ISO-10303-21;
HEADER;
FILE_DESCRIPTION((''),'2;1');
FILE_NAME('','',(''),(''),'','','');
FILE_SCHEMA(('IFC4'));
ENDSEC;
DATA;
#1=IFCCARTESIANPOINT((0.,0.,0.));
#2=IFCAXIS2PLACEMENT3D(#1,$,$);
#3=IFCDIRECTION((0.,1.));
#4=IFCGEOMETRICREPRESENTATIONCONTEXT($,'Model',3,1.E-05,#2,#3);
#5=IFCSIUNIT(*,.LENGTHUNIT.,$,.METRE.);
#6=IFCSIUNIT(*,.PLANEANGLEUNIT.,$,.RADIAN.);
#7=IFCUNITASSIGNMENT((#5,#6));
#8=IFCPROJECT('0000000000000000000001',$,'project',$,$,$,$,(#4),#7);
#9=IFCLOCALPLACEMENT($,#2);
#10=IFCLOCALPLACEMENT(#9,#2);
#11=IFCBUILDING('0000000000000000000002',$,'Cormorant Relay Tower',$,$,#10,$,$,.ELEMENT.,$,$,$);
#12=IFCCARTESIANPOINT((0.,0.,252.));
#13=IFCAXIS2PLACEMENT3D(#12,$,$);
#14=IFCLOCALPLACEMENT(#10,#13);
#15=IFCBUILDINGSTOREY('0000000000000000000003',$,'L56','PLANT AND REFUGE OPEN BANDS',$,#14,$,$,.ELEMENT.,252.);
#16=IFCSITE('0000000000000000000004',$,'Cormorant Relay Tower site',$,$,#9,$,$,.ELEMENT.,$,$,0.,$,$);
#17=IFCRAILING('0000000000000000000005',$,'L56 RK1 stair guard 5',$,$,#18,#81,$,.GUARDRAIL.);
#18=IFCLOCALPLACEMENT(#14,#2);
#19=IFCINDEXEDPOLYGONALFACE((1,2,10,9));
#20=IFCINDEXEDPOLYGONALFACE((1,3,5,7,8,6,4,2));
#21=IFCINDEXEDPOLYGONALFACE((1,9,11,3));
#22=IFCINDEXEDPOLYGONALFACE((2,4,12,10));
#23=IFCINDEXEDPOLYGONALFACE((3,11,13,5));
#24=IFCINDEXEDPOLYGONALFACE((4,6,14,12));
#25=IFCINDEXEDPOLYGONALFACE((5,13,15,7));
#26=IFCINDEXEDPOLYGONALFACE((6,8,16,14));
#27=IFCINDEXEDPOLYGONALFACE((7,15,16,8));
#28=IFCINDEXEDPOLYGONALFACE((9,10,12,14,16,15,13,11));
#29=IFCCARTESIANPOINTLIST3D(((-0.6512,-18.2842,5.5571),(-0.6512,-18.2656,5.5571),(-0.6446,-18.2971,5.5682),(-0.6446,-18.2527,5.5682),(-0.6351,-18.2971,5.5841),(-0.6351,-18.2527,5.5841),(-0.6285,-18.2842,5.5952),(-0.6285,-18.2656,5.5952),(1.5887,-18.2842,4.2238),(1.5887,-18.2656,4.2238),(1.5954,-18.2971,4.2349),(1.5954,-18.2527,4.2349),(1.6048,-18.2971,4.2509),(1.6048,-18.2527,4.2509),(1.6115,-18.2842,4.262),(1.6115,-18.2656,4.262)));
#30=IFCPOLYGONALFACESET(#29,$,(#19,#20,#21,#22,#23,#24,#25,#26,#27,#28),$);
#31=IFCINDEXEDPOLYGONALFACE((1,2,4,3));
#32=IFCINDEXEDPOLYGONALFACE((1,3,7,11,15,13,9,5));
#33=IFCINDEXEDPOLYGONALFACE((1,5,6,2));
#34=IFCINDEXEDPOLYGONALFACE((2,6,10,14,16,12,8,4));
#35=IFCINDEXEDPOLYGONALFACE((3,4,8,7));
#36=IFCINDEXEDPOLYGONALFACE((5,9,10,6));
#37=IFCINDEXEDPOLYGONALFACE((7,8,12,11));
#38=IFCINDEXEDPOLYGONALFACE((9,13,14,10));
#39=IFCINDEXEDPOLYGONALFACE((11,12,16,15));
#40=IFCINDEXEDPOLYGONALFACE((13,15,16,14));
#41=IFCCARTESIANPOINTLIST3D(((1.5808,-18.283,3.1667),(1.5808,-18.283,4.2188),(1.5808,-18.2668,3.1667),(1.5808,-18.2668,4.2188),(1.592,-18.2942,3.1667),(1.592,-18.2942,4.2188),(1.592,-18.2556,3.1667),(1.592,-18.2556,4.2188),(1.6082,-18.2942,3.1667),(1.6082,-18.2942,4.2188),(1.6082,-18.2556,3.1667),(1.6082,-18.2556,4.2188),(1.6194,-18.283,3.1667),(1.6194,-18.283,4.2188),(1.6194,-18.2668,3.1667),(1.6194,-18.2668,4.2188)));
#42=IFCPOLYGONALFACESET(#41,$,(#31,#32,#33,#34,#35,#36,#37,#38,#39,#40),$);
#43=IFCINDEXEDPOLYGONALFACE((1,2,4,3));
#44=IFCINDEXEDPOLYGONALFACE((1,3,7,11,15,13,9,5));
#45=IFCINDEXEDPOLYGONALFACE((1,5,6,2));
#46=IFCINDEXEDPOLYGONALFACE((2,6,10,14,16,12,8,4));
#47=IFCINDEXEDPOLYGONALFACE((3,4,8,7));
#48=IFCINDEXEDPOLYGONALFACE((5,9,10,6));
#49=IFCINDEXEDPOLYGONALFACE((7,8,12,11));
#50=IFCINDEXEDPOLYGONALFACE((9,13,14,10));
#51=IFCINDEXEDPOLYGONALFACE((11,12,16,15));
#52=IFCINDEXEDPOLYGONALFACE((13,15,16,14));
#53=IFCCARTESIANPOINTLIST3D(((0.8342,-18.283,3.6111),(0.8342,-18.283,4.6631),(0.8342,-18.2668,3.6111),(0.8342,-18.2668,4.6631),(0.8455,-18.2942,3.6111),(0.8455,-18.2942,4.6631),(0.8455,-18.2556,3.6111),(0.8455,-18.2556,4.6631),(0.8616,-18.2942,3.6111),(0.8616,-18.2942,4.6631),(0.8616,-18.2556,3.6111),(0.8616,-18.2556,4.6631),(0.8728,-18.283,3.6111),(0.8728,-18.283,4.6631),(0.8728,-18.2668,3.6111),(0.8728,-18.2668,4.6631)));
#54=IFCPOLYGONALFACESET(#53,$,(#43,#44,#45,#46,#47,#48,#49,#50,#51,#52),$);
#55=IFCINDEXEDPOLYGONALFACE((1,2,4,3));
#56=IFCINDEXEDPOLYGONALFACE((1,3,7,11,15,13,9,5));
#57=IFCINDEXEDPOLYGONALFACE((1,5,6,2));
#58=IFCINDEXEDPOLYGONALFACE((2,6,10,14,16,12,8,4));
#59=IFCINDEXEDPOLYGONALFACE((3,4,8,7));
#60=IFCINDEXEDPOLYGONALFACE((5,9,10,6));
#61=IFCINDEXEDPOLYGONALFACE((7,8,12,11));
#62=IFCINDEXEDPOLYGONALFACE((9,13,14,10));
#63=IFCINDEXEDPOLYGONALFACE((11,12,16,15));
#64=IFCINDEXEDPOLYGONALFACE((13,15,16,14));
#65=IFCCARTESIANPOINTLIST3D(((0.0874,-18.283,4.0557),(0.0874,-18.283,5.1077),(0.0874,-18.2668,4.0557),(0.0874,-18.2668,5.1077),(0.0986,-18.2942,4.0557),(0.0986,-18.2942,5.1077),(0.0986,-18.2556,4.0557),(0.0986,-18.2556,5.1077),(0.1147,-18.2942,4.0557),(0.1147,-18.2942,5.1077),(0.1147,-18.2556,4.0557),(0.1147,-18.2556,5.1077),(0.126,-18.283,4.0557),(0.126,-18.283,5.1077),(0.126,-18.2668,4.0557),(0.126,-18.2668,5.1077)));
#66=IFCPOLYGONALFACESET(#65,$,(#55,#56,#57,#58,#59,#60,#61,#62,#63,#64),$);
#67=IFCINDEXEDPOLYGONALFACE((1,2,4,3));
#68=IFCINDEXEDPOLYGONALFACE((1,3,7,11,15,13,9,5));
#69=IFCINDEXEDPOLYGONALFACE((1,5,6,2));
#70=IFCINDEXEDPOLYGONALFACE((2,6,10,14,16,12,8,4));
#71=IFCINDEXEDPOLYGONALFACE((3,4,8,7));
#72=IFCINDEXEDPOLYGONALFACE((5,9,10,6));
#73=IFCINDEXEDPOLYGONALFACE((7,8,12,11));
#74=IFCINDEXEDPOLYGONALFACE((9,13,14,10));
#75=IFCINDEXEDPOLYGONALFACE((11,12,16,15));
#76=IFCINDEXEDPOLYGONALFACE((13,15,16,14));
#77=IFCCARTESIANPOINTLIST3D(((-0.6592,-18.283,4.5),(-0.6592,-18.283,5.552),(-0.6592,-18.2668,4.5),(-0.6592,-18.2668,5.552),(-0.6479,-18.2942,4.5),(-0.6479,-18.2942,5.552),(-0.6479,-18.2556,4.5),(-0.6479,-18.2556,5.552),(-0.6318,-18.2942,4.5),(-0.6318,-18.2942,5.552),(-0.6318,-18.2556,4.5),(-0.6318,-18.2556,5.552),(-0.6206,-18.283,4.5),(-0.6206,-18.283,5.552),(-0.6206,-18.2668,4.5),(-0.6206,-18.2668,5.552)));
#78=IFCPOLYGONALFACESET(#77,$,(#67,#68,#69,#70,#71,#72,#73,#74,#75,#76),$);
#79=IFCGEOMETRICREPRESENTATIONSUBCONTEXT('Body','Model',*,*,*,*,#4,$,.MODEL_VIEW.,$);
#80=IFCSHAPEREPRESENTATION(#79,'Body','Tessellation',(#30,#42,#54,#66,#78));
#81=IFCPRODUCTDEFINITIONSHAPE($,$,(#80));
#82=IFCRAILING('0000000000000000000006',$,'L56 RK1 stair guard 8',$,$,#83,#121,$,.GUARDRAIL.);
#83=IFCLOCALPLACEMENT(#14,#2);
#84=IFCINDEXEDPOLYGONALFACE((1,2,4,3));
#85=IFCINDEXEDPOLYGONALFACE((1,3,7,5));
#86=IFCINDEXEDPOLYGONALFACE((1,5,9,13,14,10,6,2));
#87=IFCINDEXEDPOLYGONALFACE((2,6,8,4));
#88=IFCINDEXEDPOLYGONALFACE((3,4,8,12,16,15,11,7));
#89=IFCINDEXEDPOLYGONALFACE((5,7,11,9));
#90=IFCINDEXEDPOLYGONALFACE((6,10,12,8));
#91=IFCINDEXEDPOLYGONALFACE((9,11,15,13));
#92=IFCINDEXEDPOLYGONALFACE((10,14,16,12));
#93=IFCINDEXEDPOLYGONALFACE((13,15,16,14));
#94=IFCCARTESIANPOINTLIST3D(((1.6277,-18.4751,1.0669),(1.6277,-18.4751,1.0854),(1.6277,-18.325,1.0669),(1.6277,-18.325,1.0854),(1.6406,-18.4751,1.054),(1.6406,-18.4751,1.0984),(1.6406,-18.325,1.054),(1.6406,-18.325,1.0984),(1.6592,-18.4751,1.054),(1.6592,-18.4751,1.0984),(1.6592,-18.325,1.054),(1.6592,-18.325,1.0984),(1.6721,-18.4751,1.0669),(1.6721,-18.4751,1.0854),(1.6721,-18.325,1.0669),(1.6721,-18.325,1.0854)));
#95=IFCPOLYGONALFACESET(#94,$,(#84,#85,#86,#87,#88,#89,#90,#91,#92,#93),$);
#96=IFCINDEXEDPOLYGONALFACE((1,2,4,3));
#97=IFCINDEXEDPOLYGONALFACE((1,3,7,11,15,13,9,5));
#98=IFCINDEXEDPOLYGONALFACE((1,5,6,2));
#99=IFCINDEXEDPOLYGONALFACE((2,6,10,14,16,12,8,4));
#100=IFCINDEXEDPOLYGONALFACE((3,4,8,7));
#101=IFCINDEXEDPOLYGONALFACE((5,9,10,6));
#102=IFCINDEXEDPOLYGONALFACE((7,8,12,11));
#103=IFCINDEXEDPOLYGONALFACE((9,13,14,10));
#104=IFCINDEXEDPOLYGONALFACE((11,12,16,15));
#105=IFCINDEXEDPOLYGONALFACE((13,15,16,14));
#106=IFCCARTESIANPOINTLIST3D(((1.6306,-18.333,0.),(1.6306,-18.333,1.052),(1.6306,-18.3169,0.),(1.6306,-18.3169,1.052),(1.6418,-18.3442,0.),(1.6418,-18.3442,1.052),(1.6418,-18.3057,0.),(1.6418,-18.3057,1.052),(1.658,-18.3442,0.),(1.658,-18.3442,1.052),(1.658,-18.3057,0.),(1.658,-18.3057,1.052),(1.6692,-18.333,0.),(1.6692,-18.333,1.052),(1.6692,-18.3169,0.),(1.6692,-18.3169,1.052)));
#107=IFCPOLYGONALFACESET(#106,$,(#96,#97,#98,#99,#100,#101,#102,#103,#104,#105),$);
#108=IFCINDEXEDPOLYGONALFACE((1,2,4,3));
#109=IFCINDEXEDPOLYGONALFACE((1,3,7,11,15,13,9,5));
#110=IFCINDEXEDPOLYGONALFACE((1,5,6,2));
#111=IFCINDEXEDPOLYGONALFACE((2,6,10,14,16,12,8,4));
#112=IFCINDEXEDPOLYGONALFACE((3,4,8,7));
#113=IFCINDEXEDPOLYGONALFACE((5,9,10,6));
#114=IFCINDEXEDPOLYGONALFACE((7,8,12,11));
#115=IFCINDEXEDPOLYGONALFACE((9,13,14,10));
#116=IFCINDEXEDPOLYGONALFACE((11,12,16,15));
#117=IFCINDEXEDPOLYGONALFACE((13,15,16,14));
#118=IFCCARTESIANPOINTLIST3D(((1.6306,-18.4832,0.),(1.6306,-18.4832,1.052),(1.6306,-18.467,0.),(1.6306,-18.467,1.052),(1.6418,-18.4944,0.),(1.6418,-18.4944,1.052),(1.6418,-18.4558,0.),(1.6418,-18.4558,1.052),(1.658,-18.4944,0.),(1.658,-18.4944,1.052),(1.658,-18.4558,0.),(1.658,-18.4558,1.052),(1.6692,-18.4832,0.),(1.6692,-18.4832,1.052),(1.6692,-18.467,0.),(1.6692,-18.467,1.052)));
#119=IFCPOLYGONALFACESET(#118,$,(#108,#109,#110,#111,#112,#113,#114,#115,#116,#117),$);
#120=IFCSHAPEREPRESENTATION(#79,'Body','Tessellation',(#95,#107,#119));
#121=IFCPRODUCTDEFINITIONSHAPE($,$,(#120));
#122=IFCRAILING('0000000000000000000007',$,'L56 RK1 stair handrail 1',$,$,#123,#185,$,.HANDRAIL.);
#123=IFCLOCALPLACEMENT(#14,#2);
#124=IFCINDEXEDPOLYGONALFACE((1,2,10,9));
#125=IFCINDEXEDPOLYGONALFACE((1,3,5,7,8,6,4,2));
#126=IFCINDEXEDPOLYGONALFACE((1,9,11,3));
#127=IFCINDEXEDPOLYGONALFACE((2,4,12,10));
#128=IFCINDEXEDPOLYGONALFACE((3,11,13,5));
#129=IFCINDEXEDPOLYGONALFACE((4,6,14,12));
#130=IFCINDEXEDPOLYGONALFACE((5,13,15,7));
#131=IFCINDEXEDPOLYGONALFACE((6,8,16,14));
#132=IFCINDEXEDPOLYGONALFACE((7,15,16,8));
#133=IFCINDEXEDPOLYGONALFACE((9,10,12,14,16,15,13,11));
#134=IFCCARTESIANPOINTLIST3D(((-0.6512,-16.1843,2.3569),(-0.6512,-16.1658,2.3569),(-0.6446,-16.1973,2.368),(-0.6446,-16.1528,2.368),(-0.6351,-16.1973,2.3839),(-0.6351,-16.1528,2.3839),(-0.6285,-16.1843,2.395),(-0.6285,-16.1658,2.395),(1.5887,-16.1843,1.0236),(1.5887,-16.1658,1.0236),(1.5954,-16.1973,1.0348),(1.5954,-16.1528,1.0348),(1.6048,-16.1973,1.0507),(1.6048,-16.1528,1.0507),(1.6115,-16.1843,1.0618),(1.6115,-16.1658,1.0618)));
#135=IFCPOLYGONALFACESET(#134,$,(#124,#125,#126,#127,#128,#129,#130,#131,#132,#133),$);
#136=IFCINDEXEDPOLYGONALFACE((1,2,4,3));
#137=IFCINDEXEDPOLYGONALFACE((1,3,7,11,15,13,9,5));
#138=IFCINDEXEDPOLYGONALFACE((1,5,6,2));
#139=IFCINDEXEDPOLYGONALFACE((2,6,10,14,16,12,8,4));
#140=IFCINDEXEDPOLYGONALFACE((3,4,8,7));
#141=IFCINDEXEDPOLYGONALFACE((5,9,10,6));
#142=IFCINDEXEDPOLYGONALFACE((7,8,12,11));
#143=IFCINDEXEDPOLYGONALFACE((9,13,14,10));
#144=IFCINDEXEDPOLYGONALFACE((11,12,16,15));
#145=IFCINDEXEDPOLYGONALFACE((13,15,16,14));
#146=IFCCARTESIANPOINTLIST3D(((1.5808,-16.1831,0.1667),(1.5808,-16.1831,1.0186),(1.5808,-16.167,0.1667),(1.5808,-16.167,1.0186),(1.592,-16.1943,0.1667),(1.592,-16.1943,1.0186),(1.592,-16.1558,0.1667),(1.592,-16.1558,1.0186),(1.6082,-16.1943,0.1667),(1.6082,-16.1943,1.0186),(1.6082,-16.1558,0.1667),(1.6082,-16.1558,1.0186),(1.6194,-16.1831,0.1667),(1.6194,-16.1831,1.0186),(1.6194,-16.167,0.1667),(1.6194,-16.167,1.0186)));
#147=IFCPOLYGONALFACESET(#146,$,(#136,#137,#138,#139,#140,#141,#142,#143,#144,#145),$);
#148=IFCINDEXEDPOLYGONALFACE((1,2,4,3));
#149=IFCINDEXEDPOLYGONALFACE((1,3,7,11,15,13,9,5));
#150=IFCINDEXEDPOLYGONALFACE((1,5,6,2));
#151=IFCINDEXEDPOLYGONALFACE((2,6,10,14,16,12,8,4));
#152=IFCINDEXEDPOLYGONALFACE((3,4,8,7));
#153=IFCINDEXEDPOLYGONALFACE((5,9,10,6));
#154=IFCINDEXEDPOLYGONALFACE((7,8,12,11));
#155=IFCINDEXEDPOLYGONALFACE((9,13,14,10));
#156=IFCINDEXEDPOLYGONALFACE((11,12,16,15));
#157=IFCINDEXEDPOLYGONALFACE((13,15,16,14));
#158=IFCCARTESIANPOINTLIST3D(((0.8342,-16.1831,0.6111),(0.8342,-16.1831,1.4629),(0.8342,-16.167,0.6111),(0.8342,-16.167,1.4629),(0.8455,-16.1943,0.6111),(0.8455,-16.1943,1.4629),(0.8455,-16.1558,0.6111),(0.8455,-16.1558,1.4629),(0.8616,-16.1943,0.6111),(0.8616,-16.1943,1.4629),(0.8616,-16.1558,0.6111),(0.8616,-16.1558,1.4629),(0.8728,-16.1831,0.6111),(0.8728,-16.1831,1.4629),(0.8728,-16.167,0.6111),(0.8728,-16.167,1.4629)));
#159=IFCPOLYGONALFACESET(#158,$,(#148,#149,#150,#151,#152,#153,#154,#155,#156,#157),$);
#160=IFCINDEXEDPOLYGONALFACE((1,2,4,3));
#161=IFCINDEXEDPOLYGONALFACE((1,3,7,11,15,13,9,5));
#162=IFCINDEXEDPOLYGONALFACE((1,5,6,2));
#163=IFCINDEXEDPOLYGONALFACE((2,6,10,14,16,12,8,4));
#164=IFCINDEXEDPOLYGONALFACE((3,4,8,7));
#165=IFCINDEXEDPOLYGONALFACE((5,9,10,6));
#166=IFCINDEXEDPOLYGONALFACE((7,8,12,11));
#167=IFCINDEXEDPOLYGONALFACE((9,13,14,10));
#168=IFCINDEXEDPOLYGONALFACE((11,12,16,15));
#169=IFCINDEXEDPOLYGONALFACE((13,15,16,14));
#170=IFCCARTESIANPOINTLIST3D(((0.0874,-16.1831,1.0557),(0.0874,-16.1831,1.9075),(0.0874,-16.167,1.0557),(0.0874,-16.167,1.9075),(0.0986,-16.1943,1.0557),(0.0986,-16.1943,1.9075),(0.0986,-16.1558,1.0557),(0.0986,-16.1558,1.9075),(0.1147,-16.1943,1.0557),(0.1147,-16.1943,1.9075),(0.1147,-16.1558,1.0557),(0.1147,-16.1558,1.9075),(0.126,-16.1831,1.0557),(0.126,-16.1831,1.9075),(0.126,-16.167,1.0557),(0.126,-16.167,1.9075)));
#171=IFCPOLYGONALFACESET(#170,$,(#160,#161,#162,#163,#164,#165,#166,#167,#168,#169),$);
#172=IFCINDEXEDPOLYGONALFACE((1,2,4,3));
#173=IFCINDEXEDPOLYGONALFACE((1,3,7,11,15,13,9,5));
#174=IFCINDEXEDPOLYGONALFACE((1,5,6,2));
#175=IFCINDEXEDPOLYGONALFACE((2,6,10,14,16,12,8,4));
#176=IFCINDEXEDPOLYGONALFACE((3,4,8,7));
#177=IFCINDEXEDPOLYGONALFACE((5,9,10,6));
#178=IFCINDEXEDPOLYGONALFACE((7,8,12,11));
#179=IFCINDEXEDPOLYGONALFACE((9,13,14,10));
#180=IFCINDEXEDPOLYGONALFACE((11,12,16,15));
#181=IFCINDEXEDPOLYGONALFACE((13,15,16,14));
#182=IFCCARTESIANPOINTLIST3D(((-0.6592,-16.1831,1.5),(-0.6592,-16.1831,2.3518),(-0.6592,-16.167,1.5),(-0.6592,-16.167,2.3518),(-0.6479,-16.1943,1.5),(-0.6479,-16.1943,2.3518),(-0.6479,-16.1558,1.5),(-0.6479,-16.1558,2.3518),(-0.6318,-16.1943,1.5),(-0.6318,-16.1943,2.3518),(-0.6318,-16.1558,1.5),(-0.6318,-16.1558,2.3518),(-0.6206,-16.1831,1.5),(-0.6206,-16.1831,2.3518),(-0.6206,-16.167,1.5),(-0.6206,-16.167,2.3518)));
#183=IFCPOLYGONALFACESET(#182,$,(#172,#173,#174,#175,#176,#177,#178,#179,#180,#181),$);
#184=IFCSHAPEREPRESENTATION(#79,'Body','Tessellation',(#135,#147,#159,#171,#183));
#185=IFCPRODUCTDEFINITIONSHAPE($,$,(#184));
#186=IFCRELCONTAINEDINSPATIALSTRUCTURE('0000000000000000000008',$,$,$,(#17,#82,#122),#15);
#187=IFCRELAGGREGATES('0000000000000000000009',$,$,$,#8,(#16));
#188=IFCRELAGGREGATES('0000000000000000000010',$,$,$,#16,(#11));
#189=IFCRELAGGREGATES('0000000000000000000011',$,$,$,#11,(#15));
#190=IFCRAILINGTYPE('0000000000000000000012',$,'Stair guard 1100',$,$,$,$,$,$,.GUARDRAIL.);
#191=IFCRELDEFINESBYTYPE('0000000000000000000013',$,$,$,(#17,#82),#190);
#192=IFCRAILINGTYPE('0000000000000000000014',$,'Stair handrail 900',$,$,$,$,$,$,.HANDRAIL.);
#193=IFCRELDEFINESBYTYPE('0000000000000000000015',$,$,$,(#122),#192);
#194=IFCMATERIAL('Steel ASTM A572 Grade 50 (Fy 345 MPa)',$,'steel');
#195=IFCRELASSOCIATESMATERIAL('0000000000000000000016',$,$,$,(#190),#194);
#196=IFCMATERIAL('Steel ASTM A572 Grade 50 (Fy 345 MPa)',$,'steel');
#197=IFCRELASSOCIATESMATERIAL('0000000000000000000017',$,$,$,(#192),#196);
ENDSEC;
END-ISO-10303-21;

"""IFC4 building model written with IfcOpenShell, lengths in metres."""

from ifc_helpers import new_model, si_unit, direction, frame, origin, place, context, subcontext, project, spatial, polyline, outline, extrude, material, type_object, element, save


model = new_model("IFC4")

# Units and contexts
model_context = context("Model", 3, precision=1e-05, world=origin(), true_north=direction((0.0, 1.0)))
body_context = subcontext(model_context, "Body", "Model", "MODEL_VIEW")
ifc_project = project(units=[si_unit("LENGTHUNIT", "METRE"), si_unit("PLANEANGLEUNIT", "RADIAN")], contexts=[model_context])

# Site, building, storey
site_placement = place(None, origin())
site = spatial("IfcSite", under=ifc_project, at=site_placement, Name="Cormorant Relay Tower site", CompositionType="ELEMENT", RefElevation=0.0)
building_placement = place(site_placement, origin())
building = spatial("IfcBuilding", under=site, at=building_placement, Name="Cormorant Relay Tower", CompositionType="ELEMENT")
storey_placement = place(building_placement, frame((0.0, 0.0, 252.0)))
storey = spatial("IfcBuildingStorey", under=building, at=storey_placement, Name="L56", Description="PLANT AND REFUGE OPEN BANDS", CompositionType="ELEMENT", Elevation=252.0)

# Railings
ifc_material_1 = material(Name="Steel ASTM A572 Grade 50 (Fy 345 MPa)", Category="steel")
railing_type_1 = type_object("IfcRailingType", Name="Stair guard 1100", PredefinedType="GUARDRAIL", material=ifc_material_1)
railing_1_placement = place(storey_placement, frame((1.6001, -18.2749, 3.1667)))
element("IfcRailing", 1, at=railing_1_placement, inside=storey, type_object=railing_type_1, Name="L56 RK1 stair guard 5", PredefinedType="GUARDRAIL", context=body_context, shape_type="SweptSolid", body=[
    extrude(outline(polyline([(0.0222, 0.0093), (0.0093, 0.0222), (-0.0093, 0.0222), (-0.0222, 0.0093), (-0.0222, -0.0093), (-0.0093, -0.0222), (0.0093, -0.0222), (0.0222, -0.0093), (0.0222, 0.0093)])), frame((0.0, 0.0, 1.0762), z_axis=(-0.859306, 0.0, 0.511462), x_axis=(0.0, -1.0, 0.0)), (0.0, 0.0, 1.0), 2.6067),
    extrude(outline(polyline([(0.0193, 0.0081), (0.0081, 0.0193), (-0.0081, 0.0193), (-0.0193, 0.0081), (-0.0193, -0.0081), (-0.0081, -0.0193), (0.0081, -0.0193), (0.0193, -0.0081), (0.0193, 0.0081)])), origin(), (0.0, 0.0, 1.0), 1.052),
    extrude(outline(polyline([(0.0193, 0.0081), (0.0081, 0.0193), (-0.0081, 0.0193), (-0.0193, 0.0081), (-0.0193, -0.0081), (-0.0081, -0.0193), (0.0081, -0.0193), (0.0193, -0.0081), (0.0193, 0.0081)])), frame((-0.7466, 0.0, 0.4443)), (0.0, 0.0, 1.0), 1.052),
    extrude(outline(polyline([(0.0193, 0.0081), (0.0081, 0.0193), (-0.0081, 0.0193), (-0.0193, 0.0081), (-0.0193, -0.0081), (-0.0081, -0.0193), (0.0081, -0.0193), (0.0193, -0.0081), (0.0193, 0.0081)])), frame((-1.4934, 0.0, 0.8889)), (0.0, 0.0, 1.0), 1.052),
    extrude(outline(polyline([(0.0193, 0.0081), (0.0081, 0.0193), (-0.0081, 0.0193), (-0.0193, 0.0081), (-0.0193, -0.0081), (-0.0081, -0.0193), (0.0081, -0.0193), (0.0193, -0.0081), (0.0193, 0.0081)])), frame((-2.24, 0.0, 1.3333)), (0.0, 0.0, 1.0), 1.052),
])
railing_2_placement = place(storey_placement, frame((1.6499, -18.325, 0.0)))
element("IfcRailing", 2, at=railing_2_placement, inside=storey, type_object=railing_type_1, Name="L56 RK1 stair guard 8", PredefinedType="GUARDRAIL", context=body_context, shape_type="SweptSolid", body=[
    extrude(outline(polyline([(0.0222, 0.0093), (0.0093, 0.0222), (-0.0093, 0.0222), (-0.0222, 0.0093), (-0.0222, -0.0093), (-0.0093, -0.0222), (0.0093, -0.0222), (0.0222, -0.0093), (0.0222, 0.0093)])), frame((0.0, 0.0, 1.0762), z_axis=(0.0, -1.0, 0.0), x_axis=(1.0, 0.0, 0.0)), (0.0, 0.0, 1.0), 0.1501),
    extrude(outline(polyline([(0.0193, 0.0081), (0.0081, 0.0193), (-0.0081, 0.0193), (-0.0193, 0.0081), (-0.0193, -0.0081), (-0.0081, -0.0193), (0.0081, -0.0193), (0.0193, -0.0081), (0.0193, 0.0081)])), origin(), (0.0, 0.0, 1.0), 1.052),
    extrude(outline(polyline([(0.0193, 0.0081), (0.0081, 0.0193), (-0.0081, 0.0193), (-0.0193, 0.0081), (-0.0193, -0.0081), (-0.0081, -0.0193), (0.0081, -0.0193), (0.0193, -0.0081), (0.0193, 0.0081)])), frame((0.0, -0.1501, 0.0)), (0.0, 0.0, 1.0), 1.052),
])
ifc_material_2 = material(Name="Steel ASTM A572 Grade 50 (Fy 345 MPa)", Category="steel")
railing_type_2 = type_object("IfcRailingType", Name="Stair handrail 900", PredefinedType="HANDRAIL", material=ifc_material_2)
railing_3_placement = place(storey_placement, frame((1.6001, -16.175, 0.1667)))
element("IfcRailing", 3, at=railing_3_placement, inside=storey, type_object=railing_type_2, Name="L56 RK1 stair handrail 1", PredefinedType="HANDRAIL", context=body_context, shape_type="SweptSolid", body=[
    extrude(outline(polyline([(0.0222, 0.0093), (0.0093, 0.0222), (-0.0093, 0.0222), (-0.0222, 0.0093), (-0.0222, -0.0093), (-0.0093, -0.0222), (0.0093, -0.0222), (0.0222, -0.0093), (0.0222, 0.0093)])), frame((0.0, 0.0, 0.876), z_axis=(-0.859306, 0.0, 0.511462), x_axis=(0.0, -1.0, 0.0)), (0.0, 0.0, 1.0), 2.6067),
    extrude(outline(polyline([(0.0193, 0.0081), (0.0081, 0.0193), (-0.0081, 0.0193), (-0.0193, 0.0081), (-0.0193, -0.0081), (-0.0081, -0.0193), (0.0081, -0.0193), (0.0193, -0.0081), (0.0193, 0.0081)])), origin(), (0.0, 0.0, 1.0), 0.8518),
    extrude(outline(polyline([(0.0193, 0.0081), (0.0081, 0.0193), (-0.0081, 0.0193), (-0.0193, 0.0081), (-0.0193, -0.0081), (-0.0081, -0.0193), (0.0081, -0.0193), (0.0193, -0.0081), (0.0193, 0.0081)])), frame((-0.7466, 0.0, 0.4443)), (0.0, 0.0, 1.0), 0.8518),
    extrude(outline(polyline([(0.0193, 0.0081), (0.0081, 0.0193), (-0.0081, 0.0193), (-0.0193, 0.0081), (-0.0193, -0.0081), (-0.0081, -0.0193), (0.0081, -0.0193), (0.0193, -0.0081), (0.0193, 0.0081)])), frame((-1.4934, 0.0, 0.8889)), (0.0, 0.0, 1.0), 0.8518),
    extrude(outline(polyline([(0.0193, 0.0081), (0.0081, 0.0193), (-0.0081, 0.0193), (-0.0193, 0.0081), (-0.0193, -0.0081), (-0.0081, -0.0193), (0.0081, -0.0193), (0.0193, -0.0081), (0.0193, 0.0081)])), frame((-2.24, 0.0, 1.3333)), (0.0, 0.0, 1.0), 0.8518),
])

save(model, "model.ifc")
